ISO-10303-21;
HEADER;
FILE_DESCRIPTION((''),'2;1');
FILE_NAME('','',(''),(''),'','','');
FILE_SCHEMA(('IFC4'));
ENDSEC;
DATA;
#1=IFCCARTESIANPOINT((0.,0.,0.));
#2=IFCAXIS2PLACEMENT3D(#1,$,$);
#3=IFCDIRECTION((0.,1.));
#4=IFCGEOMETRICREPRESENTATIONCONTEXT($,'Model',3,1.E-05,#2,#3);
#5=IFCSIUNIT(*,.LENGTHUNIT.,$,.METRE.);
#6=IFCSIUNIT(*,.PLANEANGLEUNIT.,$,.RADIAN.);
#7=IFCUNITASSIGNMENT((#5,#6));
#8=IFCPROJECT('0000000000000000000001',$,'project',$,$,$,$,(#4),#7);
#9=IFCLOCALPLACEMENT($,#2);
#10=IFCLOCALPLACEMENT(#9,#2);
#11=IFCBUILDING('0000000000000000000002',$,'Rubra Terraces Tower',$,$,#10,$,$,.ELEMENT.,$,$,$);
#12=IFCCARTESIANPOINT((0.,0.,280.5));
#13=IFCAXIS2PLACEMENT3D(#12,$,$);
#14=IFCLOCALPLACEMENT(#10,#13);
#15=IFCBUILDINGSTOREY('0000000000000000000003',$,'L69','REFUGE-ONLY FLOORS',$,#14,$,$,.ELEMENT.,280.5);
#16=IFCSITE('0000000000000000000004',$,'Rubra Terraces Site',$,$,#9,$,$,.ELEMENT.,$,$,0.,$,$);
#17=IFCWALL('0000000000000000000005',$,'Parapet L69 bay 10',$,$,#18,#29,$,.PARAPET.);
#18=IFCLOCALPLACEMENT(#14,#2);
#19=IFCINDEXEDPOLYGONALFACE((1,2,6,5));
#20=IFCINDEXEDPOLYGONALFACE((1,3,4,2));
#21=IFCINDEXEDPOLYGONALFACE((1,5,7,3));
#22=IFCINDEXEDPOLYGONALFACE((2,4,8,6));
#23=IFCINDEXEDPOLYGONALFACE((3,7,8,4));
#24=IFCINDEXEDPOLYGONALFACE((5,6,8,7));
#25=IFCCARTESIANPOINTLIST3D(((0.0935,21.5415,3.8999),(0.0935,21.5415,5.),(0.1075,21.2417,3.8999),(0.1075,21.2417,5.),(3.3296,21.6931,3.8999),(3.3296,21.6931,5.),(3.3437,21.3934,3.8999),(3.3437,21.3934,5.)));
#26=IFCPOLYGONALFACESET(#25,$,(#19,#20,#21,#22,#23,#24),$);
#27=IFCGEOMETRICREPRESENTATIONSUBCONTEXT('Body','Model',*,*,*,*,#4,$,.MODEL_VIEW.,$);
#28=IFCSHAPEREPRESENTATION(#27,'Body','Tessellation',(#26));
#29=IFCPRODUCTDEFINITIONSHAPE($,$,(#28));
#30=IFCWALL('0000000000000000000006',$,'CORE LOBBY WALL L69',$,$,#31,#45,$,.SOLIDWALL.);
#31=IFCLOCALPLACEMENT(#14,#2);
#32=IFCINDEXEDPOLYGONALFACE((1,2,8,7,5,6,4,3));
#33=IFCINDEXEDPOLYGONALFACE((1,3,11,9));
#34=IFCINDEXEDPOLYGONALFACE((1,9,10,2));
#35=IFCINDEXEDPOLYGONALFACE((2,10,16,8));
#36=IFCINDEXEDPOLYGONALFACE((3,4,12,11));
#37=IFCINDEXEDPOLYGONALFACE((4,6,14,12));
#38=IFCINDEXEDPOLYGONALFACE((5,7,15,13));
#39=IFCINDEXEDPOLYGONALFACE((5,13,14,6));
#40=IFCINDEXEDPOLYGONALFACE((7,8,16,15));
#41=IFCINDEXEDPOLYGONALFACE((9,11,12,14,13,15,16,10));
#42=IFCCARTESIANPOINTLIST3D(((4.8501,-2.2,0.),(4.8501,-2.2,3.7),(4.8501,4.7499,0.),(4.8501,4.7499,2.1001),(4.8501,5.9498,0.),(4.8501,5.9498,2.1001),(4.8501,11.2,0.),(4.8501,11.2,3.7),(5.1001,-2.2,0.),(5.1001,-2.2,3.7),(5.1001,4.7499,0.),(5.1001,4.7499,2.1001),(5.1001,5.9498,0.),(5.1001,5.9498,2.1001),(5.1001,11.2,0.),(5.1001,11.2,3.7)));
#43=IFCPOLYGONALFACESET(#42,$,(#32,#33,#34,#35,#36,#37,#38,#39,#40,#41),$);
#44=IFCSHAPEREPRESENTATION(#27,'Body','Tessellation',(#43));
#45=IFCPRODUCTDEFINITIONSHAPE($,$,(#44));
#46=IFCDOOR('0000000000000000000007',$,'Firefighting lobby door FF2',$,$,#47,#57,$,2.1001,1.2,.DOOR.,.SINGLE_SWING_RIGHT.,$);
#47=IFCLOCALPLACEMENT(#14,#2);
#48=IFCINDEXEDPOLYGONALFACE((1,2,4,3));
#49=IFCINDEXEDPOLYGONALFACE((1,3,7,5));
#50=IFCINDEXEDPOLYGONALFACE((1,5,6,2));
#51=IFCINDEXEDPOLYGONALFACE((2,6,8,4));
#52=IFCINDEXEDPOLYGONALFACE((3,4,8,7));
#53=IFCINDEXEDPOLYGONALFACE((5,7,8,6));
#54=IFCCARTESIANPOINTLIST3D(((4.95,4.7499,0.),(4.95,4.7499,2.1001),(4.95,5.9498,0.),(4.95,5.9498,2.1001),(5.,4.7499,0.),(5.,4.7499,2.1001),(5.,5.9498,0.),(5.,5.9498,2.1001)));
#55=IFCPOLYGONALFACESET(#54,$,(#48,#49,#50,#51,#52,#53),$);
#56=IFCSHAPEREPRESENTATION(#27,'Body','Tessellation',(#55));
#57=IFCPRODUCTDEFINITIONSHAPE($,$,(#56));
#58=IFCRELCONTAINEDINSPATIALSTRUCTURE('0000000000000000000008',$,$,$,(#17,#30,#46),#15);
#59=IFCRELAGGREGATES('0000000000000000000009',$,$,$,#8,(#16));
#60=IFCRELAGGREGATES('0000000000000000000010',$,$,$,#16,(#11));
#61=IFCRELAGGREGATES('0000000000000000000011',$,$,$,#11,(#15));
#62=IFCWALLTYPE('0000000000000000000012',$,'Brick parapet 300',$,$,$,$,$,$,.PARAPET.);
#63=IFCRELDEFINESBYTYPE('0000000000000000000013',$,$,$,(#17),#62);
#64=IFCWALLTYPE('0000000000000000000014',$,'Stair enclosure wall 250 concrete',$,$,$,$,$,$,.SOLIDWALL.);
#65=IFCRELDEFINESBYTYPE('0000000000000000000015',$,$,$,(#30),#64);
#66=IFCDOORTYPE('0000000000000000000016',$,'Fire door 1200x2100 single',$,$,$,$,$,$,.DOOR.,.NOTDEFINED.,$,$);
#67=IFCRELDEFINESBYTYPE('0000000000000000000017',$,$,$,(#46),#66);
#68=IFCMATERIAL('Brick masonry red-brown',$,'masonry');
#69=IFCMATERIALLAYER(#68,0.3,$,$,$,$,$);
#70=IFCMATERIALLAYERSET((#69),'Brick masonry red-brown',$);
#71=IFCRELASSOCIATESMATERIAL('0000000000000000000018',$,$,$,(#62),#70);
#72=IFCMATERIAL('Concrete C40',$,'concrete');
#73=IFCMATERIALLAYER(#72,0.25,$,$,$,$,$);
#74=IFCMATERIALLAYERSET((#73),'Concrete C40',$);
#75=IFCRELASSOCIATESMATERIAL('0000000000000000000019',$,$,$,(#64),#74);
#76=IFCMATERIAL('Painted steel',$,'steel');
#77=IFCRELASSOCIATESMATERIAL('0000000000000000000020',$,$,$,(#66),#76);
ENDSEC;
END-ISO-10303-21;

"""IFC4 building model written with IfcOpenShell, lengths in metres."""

from ifc_helpers import new_model, si_unit, direction, frame, frame_2d, origin, place, context, subcontext, project, spatial, rectangle, extrude, material, layer, layer_set, type_object, element, fill, save


model = new_model("IFC4")

# Units and contexts
model_context = context("Model", 3, precision=1e-05, world=origin(), true_north=direction((0.0, 1.0)))
body_context = subcontext(model_context, "Body", "Model", "MODEL_VIEW")
ifc_project = project(units=[si_unit("LENGTHUNIT", "METRE"), si_unit("PLANEANGLEUNIT", "RADIAN")], contexts=[model_context])

# Site, building, storey
site_placement = place(None, origin())
site = spatial("IfcSite", under=ifc_project, at=site_placement, Name="Rubra Terraces Site", CompositionType="ELEMENT", RefElevation=0.0)
building_placement = place(site_placement, origin())
building = spatial("IfcBuilding", under=site, at=building_placement, Name="Rubra Terraces Tower", CompositionType="ELEMENT")
storey_placement = place(building_placement, frame((0.0, 0.0, 280.5)))
storey = spatial("IfcBuildingStorey", under=building, at=storey_placement, Name="L69", Description="REFUGE-ONLY FLOORS", CompositionType="ELEMENT", Elevation=280.5)

# Shared definitions
ifc_material_1 = material(Name="Brick masonry red-brown", Category="masonry")

# Wall
ifc_layer_1 = layer(ifc_material_1, 0.3)
ifc_layer_set_1 = layer_set([ifc_layer_1], Name="Brick masonry red-brown")
wall_type_1 = type_object("IfcWallType", Name="Brick parapet 300", PredefinedType="PARAPET", material=ifc_layer_set_1)
wall_1_placement = place(storey_placement, frame((3.3367, 21.5432, 3.8999), z_axis=(0.0, 0.0, 1.0), x_axis=(-0.998904, -0.046799, 0.0)))
element("IfcWall", 1, at=wall_1_placement, inside=storey, type_object=wall_type_1, Name="Parapet L69 bay 10", PredefinedType="PARAPET", context=body_context, shape_type="SweptSolid", body=[
    extrude(rectangle(XDim=3.2397, YDim=0.3, at=frame_2d((1.6199, 0.0))), origin(), (0.0, 0.0, 1.0), 1.1001),
])

# Wall, opening, door
ifc_material_2 = material(Name="Concrete C40", Category="concrete")
ifc_layer_2 = layer(ifc_material_2, 0.25)
ifc_layer_set_2 = layer_set([ifc_layer_2], Name="Concrete C40")
wall_type_2 = type_object("IfcWallType", Name="Stair enclosure wall 250 concrete", PredefinedType="SOLIDWALL", material=ifc_layer_set_2)
wall_2_placement = place(storey_placement, frame((4.9751, 11.2, 0.0), z_axis=(0.0, 0.0, 1.0), x_axis=(0.0, -1.0, 0.0)))
wall_2 = element("IfcWall", 2, at=wall_2_placement, inside=storey, type_object=wall_type_2, Name="CORE LOBBY WALL L69", PredefinedType="SOLIDWALL", context=body_context, shape_type="SweptSolid", body=[
    extrude(rectangle(XDim=13.3999, YDim=0.25, at=frame_2d((6.7, 0.0))), origin(), (0.0, 0.0, 1.0), 3.7),
])
opening_1_placement = place(wall_2_placement, frame((5.25, 0.0, 0.0)))
opening_1 = element("IfcOpeningElement", 3, at=opening_1_placement, cuts=wall_2, PredefinedType="OPENING", context=body_context, shape_type="SweptSolid", body=[
    extrude(rectangle(XDim=1.2, YDim=2.1001, at=frame_2d((0.6001, 1.05))), frame((0.0, 0.135, 0.0), z_axis=(0.0, -1.0, 0.0), x_axis=(1.0, 0.0, 0.0)), (0.0, 0.0, 1.0), 0.27),
])
ifc_material_3 = material(Name="Painted steel", Category="steel")
door_type = type_object("IfcDoorType", Name="Fire door 1200x2100 single", OperationType="NOTDEFINED", PredefinedType="DOOR", material=ifc_material_3)
door_placement = place(opening_1_placement, origin())
door = element("IfcDoor", 4, at=door_placement, inside=storey, type_object=door_type, Name="Firefighting lobby door FF2", OperationType="SINGLE_SWING_RIGHT", OverallHeight=2.1001, OverallWidth=1.2, PredefinedType="DOOR", context=body_context, shape_type="SweptSolid", body=[
    extrude(rectangle(XDim=1.2, YDim=2.1001, at=frame_2d((0.6001, 1.05))), frame((0.0, 0.0249, 0.0), z_axis=(0.0, -1.0, 0.0), x_axis=(1.0, 0.0, 0.0)), (0.0, 0.0, 1.0), 0.05),
])
fill(opening_1, door)

save(model, "model.ifc")
